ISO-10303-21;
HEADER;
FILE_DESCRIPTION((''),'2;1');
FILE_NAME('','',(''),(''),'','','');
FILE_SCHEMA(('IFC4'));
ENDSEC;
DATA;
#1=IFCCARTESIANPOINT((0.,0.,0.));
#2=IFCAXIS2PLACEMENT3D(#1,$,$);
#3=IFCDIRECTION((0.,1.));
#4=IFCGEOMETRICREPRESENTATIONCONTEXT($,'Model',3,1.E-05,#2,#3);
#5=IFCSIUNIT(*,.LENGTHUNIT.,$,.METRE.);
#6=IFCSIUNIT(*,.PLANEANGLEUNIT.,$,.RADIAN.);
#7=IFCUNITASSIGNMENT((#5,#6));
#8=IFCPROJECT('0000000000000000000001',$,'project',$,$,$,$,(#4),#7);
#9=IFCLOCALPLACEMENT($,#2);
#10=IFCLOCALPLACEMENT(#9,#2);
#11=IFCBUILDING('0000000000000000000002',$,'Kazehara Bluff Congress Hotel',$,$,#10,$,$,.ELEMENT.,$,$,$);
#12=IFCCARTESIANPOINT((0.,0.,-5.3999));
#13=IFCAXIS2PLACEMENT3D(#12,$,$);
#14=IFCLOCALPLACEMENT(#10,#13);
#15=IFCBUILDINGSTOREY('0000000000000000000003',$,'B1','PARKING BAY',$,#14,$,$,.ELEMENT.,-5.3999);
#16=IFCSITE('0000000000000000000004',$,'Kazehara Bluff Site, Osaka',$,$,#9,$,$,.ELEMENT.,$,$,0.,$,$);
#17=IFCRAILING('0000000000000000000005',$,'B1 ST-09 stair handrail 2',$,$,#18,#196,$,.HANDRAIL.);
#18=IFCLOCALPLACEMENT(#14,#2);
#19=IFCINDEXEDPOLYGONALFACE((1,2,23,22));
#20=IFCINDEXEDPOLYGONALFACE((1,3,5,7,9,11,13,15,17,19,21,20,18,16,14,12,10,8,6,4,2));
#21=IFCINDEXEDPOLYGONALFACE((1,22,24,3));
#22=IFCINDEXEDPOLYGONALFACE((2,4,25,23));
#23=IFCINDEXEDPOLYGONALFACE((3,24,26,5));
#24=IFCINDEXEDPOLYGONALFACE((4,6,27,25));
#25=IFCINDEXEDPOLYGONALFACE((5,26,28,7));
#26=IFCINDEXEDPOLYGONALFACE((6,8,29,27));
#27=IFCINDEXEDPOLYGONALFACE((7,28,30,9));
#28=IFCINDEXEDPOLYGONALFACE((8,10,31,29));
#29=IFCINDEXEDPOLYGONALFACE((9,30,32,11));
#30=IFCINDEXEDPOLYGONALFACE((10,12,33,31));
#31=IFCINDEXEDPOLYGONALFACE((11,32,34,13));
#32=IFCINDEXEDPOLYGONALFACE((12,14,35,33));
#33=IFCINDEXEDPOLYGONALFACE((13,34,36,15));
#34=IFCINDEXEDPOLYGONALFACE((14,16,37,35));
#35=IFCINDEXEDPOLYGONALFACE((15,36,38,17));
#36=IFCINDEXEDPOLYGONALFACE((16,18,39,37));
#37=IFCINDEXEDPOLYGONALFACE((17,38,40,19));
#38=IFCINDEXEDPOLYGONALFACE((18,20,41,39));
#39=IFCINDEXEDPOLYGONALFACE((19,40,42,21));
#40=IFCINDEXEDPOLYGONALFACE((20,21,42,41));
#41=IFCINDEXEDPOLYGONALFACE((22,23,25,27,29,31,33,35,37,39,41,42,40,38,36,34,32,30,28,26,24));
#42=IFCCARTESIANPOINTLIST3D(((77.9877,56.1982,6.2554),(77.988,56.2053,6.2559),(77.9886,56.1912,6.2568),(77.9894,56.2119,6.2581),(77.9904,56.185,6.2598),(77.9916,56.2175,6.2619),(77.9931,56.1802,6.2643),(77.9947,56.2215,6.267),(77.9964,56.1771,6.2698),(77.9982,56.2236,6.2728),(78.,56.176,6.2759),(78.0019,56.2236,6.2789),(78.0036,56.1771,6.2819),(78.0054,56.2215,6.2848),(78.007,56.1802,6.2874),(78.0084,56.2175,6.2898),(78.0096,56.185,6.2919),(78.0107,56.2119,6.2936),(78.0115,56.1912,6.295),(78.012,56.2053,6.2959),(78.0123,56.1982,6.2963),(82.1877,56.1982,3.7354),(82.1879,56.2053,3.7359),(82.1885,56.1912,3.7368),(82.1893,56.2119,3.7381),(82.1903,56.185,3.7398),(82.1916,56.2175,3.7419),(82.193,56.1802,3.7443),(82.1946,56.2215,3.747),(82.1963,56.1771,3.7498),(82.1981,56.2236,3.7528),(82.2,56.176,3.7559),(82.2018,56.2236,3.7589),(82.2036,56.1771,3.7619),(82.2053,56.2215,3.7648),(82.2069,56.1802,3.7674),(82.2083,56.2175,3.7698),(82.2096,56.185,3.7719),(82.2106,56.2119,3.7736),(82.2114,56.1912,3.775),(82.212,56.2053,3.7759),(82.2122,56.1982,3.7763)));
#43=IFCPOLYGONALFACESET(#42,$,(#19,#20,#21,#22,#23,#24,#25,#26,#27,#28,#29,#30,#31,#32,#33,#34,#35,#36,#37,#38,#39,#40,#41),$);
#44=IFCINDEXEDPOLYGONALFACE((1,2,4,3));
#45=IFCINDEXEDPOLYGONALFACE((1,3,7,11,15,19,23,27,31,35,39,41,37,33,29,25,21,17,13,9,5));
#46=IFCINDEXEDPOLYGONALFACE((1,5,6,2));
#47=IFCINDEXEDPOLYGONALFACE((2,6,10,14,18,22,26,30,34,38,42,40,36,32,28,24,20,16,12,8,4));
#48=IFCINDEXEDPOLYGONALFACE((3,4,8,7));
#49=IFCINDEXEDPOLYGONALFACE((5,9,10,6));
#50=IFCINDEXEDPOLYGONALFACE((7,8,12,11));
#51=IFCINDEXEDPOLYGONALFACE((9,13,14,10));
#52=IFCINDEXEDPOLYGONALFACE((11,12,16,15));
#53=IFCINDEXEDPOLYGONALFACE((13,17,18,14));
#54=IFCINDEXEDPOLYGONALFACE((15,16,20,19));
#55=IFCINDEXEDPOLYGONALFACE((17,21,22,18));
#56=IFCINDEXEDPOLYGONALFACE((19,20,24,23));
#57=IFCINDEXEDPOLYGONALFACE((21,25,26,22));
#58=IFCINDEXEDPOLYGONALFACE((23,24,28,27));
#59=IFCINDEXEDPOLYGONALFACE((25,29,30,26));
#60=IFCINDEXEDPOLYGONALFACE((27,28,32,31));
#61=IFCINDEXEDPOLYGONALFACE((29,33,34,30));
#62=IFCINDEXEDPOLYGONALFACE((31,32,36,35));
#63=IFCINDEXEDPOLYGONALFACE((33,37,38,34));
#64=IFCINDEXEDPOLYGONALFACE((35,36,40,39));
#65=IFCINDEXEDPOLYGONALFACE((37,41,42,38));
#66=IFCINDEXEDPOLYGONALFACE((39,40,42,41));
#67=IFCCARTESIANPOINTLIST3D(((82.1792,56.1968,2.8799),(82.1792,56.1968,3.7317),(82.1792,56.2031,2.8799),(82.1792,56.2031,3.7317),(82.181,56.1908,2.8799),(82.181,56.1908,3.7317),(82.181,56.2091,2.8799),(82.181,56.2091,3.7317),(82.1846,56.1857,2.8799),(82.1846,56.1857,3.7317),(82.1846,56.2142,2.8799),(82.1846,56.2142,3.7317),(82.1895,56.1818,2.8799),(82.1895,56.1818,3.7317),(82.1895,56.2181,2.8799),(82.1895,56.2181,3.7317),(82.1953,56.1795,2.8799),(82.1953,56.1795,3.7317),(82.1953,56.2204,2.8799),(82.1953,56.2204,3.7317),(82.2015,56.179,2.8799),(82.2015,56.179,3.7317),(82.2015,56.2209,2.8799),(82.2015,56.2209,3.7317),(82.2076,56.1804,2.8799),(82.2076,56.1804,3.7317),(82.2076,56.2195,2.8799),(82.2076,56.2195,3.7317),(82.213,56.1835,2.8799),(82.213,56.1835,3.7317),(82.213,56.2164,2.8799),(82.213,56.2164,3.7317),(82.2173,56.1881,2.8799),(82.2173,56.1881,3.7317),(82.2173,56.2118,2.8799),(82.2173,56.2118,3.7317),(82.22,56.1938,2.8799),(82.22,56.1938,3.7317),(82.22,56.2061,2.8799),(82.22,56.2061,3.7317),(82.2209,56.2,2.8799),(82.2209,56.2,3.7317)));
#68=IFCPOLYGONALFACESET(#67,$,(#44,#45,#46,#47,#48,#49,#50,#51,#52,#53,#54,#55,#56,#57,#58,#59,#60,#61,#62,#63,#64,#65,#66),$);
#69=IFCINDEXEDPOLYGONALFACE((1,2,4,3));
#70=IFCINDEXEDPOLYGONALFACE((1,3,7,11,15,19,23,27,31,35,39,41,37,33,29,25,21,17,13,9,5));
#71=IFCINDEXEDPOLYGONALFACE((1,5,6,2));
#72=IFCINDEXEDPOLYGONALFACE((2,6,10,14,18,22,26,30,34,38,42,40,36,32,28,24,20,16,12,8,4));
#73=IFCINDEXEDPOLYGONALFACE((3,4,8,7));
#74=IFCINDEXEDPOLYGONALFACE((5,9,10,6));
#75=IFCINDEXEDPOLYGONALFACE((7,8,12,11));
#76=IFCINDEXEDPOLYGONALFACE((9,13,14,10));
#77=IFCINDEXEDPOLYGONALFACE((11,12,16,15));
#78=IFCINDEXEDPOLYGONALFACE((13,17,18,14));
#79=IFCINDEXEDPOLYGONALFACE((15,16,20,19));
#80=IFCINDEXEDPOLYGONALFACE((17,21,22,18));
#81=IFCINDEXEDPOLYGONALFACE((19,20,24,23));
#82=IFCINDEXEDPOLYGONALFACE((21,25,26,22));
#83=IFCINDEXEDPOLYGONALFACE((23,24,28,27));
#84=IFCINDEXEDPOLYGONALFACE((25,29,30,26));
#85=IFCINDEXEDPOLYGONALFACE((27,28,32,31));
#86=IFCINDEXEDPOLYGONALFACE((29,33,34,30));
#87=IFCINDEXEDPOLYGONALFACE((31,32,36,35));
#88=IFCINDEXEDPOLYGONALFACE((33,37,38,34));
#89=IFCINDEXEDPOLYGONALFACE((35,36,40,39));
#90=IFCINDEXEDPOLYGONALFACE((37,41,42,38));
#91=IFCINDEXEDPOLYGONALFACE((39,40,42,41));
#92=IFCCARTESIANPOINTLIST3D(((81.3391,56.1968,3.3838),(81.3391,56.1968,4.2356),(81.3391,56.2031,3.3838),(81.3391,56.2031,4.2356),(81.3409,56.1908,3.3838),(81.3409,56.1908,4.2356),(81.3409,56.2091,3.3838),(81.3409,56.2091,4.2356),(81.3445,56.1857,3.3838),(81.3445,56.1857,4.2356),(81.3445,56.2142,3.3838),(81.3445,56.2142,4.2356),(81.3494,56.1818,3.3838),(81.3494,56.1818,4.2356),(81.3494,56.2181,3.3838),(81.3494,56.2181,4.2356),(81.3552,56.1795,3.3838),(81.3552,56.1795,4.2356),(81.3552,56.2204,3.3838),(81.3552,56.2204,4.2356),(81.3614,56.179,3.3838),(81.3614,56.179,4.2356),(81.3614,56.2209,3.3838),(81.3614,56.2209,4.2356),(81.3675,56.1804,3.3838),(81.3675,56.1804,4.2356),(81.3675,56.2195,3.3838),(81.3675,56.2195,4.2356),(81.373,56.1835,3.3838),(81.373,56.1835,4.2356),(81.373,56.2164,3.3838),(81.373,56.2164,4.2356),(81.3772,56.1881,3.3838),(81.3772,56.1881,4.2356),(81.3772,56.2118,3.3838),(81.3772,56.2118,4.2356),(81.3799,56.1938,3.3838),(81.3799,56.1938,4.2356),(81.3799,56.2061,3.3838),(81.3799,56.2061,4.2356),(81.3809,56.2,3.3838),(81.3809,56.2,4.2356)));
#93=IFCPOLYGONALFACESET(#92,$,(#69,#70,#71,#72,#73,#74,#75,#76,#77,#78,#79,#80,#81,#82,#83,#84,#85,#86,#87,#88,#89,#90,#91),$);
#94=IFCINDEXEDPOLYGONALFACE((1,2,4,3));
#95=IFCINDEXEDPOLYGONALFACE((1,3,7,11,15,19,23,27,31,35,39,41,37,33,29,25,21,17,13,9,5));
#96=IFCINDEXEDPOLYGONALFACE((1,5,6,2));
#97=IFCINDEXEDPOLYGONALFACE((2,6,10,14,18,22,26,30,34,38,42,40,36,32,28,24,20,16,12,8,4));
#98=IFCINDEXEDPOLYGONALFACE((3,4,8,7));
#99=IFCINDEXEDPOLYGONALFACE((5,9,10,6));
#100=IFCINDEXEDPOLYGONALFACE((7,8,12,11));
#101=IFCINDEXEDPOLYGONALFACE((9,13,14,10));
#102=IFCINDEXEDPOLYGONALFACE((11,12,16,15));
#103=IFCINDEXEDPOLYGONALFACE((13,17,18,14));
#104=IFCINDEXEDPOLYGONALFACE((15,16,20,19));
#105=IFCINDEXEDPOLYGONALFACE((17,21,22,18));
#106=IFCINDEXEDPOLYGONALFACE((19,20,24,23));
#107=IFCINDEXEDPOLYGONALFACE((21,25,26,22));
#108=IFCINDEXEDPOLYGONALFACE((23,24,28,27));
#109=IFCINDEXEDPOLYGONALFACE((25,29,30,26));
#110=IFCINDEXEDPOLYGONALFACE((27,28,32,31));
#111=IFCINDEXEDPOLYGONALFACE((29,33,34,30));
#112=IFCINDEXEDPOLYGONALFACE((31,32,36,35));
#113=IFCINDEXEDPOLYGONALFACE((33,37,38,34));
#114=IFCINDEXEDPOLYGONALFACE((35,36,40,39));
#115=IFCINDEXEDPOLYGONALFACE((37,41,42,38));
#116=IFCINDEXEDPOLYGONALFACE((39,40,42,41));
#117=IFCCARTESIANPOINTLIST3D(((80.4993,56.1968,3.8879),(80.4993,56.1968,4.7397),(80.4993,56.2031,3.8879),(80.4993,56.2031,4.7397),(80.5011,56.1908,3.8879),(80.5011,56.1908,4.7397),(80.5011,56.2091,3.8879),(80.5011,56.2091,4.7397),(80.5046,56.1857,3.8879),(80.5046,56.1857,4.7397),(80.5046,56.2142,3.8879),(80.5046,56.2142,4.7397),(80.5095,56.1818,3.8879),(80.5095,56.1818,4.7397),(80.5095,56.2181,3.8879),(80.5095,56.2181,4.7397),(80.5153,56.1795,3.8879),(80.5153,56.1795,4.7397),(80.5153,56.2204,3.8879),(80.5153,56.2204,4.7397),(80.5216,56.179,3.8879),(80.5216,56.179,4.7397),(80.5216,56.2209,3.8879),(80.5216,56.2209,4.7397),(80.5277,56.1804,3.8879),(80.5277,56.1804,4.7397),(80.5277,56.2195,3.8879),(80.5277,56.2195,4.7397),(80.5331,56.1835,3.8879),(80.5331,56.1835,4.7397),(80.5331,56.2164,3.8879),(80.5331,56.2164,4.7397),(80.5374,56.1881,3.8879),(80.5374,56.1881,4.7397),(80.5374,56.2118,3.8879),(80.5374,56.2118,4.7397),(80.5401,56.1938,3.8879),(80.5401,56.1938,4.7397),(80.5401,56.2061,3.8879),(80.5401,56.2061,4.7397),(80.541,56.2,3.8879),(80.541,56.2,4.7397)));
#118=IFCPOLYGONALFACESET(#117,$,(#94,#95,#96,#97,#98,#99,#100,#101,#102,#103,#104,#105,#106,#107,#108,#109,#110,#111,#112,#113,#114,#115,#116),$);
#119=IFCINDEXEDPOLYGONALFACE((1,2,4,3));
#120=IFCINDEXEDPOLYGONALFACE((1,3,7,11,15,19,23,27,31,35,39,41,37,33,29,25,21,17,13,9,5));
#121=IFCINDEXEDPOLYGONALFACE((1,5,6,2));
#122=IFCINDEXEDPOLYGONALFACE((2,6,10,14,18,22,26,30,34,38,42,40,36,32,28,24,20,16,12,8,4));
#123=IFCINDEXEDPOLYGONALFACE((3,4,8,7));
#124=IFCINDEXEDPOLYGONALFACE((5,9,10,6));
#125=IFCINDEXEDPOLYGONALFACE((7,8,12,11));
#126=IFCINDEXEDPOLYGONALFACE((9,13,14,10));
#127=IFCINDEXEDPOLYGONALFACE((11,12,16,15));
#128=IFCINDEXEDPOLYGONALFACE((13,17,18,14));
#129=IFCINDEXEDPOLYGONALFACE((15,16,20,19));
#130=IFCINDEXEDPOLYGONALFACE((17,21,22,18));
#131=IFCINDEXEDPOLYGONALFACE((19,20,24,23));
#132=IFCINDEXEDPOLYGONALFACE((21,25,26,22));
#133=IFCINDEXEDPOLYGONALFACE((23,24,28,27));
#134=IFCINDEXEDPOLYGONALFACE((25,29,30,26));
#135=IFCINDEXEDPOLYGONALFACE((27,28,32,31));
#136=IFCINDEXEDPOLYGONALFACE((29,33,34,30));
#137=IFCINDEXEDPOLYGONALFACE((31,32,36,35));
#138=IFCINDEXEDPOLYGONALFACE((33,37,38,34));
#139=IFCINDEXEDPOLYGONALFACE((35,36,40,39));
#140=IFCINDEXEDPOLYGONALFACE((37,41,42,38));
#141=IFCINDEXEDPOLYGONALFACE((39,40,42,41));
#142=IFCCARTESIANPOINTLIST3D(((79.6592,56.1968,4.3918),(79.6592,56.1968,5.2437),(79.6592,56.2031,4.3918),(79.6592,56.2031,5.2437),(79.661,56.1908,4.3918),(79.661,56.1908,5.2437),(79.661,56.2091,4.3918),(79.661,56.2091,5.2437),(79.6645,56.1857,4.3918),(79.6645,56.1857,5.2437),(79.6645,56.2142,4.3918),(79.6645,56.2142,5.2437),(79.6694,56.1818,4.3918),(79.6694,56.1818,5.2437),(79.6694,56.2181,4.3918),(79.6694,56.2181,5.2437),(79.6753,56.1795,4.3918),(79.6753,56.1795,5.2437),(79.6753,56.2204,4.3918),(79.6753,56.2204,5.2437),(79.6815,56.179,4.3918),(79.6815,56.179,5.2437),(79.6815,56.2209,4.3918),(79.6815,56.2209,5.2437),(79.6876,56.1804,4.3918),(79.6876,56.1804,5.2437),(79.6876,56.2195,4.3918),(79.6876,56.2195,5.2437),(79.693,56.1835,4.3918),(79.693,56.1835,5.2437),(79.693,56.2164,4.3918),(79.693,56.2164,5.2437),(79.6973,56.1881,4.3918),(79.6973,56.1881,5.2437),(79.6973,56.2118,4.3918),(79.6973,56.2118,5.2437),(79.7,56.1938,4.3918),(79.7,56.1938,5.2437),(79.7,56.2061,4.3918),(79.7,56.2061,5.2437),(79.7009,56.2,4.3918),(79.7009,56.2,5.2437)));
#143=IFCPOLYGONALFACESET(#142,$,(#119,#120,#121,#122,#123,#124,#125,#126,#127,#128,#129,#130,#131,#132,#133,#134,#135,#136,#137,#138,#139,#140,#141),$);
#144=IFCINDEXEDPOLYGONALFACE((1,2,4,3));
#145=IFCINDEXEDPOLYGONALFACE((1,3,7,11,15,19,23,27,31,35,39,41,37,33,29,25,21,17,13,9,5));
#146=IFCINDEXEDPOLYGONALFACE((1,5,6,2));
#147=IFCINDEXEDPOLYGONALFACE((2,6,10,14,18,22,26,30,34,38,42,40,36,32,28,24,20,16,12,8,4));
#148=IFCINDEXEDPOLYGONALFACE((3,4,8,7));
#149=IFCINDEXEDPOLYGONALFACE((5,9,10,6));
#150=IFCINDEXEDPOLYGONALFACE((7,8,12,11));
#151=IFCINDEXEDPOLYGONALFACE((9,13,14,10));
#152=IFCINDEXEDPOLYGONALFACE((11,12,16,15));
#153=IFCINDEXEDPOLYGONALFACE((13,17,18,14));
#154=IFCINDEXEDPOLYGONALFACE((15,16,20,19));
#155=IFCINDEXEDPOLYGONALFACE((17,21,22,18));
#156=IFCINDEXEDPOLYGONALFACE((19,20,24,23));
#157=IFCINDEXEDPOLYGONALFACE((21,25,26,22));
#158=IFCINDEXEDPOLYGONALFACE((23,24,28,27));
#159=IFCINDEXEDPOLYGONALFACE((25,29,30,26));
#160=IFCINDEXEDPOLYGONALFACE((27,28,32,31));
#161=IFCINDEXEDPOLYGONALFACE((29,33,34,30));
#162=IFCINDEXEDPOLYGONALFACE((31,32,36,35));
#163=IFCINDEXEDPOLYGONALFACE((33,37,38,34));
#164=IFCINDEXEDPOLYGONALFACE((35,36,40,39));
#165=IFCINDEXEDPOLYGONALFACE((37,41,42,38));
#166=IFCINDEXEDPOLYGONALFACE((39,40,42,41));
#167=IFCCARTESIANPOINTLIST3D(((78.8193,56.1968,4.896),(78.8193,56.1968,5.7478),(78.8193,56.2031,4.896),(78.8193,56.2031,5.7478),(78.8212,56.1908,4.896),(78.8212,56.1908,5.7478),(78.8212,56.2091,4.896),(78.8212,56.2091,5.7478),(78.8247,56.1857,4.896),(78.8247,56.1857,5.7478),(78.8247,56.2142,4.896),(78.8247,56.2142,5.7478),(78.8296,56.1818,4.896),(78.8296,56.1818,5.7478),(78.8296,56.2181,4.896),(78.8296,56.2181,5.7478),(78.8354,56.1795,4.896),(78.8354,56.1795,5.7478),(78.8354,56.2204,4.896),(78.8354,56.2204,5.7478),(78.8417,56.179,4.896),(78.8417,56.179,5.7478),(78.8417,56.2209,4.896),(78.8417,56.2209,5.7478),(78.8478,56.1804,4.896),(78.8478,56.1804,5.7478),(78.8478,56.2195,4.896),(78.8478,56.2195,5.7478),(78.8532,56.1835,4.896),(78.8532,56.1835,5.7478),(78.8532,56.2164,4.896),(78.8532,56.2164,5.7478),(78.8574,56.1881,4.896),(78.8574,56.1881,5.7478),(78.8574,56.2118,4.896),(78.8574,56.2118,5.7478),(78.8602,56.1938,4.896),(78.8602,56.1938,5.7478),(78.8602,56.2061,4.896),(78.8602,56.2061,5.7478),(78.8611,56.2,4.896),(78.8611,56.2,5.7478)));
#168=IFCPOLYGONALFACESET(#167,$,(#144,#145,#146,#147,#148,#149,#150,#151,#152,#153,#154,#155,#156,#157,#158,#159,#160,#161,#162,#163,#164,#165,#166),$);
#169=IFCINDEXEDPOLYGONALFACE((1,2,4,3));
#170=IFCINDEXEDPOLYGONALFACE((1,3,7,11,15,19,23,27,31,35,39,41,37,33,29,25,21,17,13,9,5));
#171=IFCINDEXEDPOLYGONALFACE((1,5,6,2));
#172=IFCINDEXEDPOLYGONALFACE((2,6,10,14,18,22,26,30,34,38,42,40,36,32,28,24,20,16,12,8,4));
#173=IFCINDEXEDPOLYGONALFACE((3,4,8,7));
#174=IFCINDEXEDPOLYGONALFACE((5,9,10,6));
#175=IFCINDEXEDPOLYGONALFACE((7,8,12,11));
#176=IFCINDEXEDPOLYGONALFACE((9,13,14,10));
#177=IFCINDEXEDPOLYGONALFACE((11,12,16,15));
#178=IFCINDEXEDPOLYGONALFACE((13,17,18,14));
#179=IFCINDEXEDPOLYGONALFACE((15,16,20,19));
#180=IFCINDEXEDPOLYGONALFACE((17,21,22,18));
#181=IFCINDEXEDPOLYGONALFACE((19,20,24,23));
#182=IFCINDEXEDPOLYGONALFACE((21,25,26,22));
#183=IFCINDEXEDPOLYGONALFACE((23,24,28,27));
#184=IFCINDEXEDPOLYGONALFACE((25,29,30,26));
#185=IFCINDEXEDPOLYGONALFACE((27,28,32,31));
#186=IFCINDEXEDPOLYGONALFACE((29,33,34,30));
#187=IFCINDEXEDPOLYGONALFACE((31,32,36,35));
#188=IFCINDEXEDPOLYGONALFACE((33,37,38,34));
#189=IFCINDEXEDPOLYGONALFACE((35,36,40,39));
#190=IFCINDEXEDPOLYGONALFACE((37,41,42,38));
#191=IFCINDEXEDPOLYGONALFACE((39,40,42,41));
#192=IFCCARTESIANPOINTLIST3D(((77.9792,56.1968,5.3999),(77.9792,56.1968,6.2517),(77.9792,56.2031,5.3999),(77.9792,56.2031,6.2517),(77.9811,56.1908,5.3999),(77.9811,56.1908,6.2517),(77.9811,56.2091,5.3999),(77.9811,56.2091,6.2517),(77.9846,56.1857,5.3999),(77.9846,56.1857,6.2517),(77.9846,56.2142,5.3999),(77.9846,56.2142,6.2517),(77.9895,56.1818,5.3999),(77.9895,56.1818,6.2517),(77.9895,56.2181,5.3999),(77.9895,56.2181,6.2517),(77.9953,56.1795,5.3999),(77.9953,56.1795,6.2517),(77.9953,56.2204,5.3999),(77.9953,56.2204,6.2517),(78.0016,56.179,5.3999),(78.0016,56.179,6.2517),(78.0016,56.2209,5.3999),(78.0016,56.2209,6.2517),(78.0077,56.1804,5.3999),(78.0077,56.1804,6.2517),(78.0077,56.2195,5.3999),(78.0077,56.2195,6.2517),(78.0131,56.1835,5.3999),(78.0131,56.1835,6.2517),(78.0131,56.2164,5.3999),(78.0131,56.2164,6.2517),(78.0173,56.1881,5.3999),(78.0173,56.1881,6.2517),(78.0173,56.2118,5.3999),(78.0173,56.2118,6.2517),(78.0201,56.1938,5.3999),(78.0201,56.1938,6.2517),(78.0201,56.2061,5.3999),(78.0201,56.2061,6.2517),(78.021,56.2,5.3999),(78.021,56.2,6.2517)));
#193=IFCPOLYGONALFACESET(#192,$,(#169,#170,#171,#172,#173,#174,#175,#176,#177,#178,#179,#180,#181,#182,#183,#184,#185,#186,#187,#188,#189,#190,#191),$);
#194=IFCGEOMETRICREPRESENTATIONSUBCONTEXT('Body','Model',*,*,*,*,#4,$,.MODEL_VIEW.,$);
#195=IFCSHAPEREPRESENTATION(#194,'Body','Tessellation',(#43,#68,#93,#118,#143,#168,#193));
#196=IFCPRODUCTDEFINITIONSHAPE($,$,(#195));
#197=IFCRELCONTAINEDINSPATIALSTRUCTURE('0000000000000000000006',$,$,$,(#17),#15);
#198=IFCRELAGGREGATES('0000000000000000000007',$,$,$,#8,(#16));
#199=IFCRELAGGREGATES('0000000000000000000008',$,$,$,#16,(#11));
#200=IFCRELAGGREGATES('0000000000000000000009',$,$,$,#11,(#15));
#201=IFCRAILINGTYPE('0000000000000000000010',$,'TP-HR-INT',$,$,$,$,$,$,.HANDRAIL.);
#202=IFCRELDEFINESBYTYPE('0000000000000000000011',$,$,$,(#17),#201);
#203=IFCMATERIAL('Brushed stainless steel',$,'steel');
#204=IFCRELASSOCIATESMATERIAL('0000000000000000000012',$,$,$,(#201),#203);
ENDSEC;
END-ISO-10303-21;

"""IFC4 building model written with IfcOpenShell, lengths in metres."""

from ifc_helpers import new_model, si_unit, direction, frame, origin, origin_2d, place, context, subcontext, project, spatial, circle, extrude, material, type_object, element, save


model = new_model("IFC4")

# Units and contexts
model_context = context("Model", 3, precision=1e-05, world=origin(), true_north=direction((0.0, 1.0)))
body_context = subcontext(model_context, "Body", "Model", "MODEL_VIEW")
ifc_project = project(units=[si_unit("LENGTHUNIT", "METRE"), si_unit("PLANEANGLEUNIT", "RADIAN")], contexts=[model_context])

# Site, building, storey
site_placement = place(None, origin())
site = spatial("IfcSite", under=ifc_project, at=site_placement, Name="Kazehara Bluff Site, Osaka", CompositionType="ELEMENT", RefElevation=0.0)
building_placement = place(site_placement, origin())
building = spatial("IfcBuilding", under=site, at=building_placement, Name="Kazehara Bluff Congress Hotel", CompositionType="ELEMENT")
storey_placement = place(building_placement, frame((0.0, 0.0, -5.3999)))
storey = spatial("IfcBuildingStorey", under=building, at=storey_placement, Name="B1", Description="PARKING BAY", CompositionType="ELEMENT", Elevation=-5.3999)

# Railing
ifc_material_1 = material(Name="Brushed stainless steel", Category="steel")
railing_type_1 = type_object("IfcRailingType", Name="TP-HR-INT", PredefinedType="HANDRAIL", material=ifc_material_1)
railing_1_placement = place(storey_placement, frame((82.2, 56.2, 2.8799)))
element("IfcRailing", 1, at=railing_1_placement, inside=storey, type_object=railing_type_1, Name="B1 ST-09 stair handrail 2", PredefinedType="HANDRAIL", context=body_context, shape_type="SweptSolid", body=[
    extrude(circle(Radius=0.0239, at=origin_2d()), frame((0.0, 0.0, 0.876), z_axis=(-0.857489, 0.0, 0.514503), x_axis=(0.0, -1.0, 0.0)), (0.0, 0.0, 1.0), 4.8979),
    extrude(circle(Radius=0.021, at=origin_2d()), origin(), (0.0, 0.0, 1.0), 0.8518),
    extrude(circle(Radius=0.021, at=origin_2d()), frame((-0.8401, 0.0, 0.5039)), (0.0, 0.0, 1.0), 0.8518),
    extrude(circle(Radius=0.021, at=origin_2d()), frame((-1.6799, 0.0, 1.0081)), (0.0, 0.0, 1.0), 0.8518),
    extrude(circle(Radius=0.021, at=origin_2d()), frame((-2.52, 0.0, 1.512)), (0.0, 0.0, 1.0), 0.8518),
    extrude(circle(Radius=0.021, at=origin_2d()), frame((-3.3599, 0.0, 2.0161)), (0.0, 0.0, 1.0), 0.8518),
    extrude(circle(Radius=0.021, at=origin_2d()), frame((-4.2, 0.0, 2.52)), (0.0, 0.0, 1.0), 0.8518),
])

save(model, "model.ifc")
